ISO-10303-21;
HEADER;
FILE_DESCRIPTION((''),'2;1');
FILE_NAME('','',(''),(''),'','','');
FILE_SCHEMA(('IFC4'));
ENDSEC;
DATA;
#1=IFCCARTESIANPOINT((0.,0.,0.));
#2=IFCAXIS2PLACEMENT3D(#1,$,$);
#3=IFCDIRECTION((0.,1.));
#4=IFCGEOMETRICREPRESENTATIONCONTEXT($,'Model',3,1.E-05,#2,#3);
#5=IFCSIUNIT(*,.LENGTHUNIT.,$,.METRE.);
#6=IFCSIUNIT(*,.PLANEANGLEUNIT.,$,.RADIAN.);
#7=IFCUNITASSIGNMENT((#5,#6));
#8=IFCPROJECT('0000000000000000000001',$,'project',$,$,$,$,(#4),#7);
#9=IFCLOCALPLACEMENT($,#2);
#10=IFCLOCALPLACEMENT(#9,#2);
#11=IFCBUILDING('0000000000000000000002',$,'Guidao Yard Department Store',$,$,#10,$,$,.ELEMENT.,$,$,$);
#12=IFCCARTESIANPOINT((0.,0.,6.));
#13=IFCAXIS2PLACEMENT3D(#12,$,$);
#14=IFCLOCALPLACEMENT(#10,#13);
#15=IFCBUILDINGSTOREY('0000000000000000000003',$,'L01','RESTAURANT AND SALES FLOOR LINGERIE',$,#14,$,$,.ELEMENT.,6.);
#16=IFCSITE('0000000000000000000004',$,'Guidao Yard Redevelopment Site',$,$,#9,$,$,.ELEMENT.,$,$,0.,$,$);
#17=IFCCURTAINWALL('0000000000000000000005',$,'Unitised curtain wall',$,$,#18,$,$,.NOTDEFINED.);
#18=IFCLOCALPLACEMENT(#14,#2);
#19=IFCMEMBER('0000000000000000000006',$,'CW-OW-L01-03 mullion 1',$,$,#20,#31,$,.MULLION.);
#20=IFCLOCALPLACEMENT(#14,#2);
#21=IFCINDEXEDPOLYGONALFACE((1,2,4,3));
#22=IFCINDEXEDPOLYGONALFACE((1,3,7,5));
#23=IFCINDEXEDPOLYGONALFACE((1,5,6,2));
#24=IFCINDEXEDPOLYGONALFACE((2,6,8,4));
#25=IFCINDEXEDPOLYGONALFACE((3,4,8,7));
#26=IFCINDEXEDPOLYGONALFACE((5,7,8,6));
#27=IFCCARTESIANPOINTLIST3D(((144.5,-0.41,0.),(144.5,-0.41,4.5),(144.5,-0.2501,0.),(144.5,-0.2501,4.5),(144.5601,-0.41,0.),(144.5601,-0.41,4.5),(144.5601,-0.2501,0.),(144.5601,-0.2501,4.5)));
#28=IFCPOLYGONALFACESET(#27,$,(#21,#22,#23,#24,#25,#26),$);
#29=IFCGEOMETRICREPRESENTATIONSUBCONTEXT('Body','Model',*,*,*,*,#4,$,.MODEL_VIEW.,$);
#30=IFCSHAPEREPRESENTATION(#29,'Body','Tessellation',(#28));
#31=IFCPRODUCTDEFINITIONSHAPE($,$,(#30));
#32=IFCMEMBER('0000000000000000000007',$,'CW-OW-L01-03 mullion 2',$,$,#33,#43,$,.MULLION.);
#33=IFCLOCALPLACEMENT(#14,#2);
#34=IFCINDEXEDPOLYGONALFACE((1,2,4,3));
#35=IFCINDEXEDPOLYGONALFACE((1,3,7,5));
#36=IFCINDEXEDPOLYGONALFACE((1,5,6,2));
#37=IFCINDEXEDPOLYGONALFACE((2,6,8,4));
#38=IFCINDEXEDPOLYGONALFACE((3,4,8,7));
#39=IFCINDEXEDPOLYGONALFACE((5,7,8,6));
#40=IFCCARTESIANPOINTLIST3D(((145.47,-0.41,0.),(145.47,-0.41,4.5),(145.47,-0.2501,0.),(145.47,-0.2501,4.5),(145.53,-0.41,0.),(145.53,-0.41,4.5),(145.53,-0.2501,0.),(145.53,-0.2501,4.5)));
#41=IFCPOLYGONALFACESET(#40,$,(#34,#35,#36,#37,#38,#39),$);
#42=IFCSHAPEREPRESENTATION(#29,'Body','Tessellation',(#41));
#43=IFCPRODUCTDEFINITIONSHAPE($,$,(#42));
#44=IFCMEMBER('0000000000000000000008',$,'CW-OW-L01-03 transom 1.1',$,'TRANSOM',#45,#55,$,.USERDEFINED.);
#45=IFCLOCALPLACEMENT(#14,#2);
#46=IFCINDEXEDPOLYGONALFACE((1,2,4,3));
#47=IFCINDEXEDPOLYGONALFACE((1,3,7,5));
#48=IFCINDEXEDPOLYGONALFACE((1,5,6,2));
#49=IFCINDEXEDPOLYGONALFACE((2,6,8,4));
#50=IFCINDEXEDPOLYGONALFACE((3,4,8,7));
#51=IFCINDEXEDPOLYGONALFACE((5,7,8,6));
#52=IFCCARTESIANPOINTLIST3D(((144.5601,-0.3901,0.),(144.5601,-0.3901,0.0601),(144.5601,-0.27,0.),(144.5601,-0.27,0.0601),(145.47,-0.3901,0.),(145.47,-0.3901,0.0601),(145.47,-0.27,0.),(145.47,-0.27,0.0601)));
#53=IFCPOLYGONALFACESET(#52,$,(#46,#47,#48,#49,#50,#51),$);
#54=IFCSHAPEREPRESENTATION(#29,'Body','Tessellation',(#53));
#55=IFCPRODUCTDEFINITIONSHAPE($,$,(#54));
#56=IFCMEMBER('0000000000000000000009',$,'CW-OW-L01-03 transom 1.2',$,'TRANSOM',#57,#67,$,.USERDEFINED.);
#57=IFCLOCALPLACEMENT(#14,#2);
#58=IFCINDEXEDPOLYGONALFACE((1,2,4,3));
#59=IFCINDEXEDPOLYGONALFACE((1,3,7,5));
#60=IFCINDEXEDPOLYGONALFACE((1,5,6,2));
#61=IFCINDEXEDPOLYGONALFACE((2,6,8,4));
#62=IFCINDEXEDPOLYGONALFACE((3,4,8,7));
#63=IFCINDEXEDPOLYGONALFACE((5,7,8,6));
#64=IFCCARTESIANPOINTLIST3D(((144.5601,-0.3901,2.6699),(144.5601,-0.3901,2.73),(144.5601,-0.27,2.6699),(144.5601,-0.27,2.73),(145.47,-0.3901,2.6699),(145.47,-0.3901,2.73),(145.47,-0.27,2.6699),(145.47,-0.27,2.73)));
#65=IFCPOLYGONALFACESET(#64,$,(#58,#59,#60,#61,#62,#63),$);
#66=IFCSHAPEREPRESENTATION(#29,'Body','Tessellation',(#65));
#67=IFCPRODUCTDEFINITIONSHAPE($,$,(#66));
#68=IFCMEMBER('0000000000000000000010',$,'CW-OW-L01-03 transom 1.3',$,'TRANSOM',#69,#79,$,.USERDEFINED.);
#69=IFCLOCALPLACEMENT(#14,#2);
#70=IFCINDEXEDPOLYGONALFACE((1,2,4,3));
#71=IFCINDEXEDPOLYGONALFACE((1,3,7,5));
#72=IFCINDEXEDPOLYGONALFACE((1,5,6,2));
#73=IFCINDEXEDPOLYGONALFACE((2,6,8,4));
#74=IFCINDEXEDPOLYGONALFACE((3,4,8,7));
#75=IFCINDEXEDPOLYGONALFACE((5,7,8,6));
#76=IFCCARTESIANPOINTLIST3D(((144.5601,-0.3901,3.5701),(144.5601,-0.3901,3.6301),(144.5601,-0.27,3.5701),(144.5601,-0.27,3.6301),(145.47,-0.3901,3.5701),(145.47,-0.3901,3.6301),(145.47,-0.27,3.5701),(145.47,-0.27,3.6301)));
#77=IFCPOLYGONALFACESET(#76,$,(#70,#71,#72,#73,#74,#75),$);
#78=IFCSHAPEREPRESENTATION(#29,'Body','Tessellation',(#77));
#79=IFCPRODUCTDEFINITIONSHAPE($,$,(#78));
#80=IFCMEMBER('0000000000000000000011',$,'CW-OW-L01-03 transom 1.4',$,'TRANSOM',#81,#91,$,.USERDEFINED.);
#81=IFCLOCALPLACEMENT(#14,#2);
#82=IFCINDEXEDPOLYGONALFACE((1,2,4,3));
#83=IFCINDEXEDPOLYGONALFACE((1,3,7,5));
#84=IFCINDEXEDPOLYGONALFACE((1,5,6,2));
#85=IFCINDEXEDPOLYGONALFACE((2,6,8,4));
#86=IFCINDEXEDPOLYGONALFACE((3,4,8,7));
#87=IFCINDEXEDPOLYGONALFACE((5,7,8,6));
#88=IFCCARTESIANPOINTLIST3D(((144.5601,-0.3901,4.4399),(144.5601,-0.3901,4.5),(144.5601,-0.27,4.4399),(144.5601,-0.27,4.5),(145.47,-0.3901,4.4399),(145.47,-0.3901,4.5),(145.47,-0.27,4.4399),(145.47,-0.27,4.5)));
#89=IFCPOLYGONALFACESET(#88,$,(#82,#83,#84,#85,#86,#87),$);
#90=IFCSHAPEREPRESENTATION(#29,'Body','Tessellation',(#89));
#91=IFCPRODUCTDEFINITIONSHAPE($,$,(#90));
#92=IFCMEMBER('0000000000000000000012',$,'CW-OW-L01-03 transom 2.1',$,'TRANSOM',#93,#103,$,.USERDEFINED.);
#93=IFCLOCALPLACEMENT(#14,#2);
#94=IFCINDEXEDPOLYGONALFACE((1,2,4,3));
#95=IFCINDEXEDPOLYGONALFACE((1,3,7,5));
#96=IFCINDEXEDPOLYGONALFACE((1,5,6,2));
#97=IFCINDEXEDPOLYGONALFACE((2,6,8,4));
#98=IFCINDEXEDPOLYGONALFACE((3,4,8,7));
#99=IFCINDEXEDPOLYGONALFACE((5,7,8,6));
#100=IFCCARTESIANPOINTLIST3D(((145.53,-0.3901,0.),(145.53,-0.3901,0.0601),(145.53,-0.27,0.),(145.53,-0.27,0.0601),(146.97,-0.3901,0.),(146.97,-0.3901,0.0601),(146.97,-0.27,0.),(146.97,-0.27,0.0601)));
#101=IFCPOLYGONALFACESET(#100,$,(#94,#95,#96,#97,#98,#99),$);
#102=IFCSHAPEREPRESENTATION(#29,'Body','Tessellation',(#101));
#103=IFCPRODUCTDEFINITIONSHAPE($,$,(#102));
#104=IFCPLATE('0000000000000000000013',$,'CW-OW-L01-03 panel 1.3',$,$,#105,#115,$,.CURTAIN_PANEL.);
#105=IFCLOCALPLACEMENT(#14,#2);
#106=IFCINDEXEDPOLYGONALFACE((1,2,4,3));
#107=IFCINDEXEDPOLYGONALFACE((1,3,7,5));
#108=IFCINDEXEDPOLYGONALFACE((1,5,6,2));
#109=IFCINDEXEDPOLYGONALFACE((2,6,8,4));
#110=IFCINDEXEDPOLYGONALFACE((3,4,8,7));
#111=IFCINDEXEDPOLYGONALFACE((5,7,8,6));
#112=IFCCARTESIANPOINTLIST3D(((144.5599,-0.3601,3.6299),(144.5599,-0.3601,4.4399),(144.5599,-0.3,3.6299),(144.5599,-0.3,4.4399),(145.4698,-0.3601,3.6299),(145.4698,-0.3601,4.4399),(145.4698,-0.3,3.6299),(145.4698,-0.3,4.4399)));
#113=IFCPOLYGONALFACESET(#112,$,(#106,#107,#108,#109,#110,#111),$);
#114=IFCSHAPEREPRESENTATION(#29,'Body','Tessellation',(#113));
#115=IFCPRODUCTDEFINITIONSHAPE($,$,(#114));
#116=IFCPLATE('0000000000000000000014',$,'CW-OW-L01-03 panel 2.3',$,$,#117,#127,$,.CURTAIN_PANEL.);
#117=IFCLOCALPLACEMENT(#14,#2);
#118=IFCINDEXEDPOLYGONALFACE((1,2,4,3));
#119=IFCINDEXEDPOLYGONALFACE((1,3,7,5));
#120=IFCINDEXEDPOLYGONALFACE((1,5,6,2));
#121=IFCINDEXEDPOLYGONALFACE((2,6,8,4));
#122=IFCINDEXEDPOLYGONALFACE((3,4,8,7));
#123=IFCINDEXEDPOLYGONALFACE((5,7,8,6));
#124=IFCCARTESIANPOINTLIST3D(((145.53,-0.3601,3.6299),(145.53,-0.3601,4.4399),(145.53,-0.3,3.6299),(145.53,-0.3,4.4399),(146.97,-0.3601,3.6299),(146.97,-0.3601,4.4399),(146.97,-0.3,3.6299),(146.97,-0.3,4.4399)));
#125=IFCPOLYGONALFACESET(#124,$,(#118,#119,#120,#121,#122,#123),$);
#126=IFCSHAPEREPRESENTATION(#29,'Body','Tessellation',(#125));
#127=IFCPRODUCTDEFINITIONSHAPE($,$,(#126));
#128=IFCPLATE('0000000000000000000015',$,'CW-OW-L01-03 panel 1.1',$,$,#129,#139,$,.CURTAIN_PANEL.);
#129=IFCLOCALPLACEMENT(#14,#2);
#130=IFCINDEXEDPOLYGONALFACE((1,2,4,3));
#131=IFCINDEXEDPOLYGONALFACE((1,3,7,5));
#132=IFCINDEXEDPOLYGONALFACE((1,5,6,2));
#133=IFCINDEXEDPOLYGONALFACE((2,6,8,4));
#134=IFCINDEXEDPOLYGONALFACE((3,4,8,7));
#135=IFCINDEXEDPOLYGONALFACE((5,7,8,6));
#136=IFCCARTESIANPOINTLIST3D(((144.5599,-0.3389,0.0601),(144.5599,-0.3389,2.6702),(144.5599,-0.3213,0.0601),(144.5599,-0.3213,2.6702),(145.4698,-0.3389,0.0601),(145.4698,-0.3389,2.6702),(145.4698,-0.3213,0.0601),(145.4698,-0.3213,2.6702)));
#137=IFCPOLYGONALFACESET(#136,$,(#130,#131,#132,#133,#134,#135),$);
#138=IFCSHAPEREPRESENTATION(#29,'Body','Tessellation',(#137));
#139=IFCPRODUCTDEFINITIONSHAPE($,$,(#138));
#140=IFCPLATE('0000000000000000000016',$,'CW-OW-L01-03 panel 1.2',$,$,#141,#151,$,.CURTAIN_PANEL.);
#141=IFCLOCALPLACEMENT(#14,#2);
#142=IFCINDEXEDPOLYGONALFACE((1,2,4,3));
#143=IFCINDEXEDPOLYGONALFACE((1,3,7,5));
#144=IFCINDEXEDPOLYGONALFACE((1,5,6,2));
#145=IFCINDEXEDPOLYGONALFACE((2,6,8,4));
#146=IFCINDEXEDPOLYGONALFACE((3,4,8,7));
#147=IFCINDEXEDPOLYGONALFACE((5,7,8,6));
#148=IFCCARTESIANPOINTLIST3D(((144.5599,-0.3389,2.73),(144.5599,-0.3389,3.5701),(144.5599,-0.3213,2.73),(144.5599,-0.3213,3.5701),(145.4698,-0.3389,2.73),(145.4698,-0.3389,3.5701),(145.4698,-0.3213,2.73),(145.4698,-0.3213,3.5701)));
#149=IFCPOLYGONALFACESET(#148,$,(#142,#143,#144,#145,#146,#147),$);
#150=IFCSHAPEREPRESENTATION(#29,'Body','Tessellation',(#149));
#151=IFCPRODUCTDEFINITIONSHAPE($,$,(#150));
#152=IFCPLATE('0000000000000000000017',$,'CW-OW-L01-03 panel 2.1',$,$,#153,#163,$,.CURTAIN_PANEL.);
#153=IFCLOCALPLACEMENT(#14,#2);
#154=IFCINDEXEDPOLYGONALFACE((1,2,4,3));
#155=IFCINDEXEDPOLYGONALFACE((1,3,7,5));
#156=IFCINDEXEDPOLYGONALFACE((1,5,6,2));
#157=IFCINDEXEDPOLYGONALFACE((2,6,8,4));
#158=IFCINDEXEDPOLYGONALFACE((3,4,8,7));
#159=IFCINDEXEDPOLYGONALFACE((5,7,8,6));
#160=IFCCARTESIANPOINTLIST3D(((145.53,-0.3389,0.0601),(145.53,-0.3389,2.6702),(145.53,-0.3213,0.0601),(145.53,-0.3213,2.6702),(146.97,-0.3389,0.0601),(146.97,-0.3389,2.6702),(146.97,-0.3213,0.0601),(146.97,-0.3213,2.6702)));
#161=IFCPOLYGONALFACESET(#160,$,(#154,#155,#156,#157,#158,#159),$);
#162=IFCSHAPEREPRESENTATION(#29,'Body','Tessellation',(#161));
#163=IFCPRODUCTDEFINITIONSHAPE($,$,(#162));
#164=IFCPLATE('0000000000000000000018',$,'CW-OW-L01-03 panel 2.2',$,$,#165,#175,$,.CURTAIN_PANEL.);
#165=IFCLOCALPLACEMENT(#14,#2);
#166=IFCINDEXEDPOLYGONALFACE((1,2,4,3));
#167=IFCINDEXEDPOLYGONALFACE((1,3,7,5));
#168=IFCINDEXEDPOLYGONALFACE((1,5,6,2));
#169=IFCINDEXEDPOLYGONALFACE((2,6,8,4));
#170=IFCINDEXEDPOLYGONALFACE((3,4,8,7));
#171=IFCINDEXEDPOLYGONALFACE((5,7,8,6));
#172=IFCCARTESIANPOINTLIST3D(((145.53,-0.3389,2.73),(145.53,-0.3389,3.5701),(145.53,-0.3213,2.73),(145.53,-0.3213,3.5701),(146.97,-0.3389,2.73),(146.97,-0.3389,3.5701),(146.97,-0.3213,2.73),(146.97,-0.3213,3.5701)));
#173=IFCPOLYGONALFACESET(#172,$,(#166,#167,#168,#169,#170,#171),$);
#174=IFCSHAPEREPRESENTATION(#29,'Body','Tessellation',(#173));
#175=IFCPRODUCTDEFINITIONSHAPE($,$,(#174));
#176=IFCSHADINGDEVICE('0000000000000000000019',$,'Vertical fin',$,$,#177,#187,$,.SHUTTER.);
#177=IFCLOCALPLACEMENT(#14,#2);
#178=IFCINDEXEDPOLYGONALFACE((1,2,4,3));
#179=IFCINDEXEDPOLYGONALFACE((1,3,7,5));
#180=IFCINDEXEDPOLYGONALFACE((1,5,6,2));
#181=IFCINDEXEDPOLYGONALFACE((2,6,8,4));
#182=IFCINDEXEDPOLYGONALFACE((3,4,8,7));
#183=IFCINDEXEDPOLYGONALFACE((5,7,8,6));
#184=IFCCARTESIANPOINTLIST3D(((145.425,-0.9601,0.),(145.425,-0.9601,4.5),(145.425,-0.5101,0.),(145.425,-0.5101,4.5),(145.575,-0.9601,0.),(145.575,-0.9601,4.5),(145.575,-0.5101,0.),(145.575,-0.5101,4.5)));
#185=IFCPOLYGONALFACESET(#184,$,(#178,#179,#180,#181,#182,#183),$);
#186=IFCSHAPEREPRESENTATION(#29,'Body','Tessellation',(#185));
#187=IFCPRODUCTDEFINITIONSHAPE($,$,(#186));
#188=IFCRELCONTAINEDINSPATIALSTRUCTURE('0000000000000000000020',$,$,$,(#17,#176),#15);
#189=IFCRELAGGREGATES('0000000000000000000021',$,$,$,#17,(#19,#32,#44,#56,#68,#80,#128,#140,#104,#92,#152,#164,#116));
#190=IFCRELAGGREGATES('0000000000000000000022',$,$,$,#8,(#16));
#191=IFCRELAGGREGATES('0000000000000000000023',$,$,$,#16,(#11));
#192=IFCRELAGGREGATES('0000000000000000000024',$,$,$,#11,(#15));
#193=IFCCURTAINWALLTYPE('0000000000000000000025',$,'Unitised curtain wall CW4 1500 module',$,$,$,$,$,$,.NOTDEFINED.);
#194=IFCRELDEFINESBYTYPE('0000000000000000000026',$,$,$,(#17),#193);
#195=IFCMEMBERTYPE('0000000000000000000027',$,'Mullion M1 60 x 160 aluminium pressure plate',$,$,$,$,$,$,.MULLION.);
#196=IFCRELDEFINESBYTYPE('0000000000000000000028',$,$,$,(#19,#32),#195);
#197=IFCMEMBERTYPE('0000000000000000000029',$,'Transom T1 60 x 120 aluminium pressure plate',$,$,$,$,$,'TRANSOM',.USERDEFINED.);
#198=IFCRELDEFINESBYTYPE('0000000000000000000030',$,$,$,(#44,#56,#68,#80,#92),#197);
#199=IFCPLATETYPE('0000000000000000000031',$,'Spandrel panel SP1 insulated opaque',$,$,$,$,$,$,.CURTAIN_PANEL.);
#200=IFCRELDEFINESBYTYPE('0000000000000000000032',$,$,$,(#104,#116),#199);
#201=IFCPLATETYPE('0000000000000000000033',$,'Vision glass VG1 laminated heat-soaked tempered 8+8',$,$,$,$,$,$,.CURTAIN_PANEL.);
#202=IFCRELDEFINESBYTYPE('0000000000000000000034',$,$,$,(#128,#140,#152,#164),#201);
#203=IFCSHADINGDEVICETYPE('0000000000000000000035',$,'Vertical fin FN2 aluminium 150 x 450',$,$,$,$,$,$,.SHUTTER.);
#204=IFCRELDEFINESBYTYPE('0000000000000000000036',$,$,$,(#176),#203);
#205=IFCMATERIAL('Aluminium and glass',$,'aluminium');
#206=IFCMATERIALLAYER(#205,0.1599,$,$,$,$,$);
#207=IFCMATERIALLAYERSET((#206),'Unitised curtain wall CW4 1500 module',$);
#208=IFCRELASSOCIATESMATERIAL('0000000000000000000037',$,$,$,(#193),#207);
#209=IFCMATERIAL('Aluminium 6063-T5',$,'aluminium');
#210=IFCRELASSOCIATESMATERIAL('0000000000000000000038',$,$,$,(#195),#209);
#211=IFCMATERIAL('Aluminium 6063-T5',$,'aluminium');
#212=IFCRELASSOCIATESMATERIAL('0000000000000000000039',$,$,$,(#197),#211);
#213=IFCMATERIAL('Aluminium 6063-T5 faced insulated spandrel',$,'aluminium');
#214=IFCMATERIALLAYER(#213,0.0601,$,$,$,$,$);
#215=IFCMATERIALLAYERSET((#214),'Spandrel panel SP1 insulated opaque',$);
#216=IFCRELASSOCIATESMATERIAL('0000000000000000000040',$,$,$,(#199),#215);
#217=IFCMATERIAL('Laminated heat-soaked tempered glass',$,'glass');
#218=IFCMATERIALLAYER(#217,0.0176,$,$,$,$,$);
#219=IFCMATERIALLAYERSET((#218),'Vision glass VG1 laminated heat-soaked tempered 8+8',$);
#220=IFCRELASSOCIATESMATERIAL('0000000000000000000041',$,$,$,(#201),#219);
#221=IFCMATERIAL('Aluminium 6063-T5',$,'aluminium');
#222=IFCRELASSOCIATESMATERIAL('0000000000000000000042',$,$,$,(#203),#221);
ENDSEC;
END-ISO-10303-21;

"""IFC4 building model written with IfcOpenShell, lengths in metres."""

from ifc_helpers import new_model, si_unit, direction, frame, origin, origin_2d, place, context, subcontext, project, spatial, rectangle, extrude, material, layer, layer_set, material_profile, profile_set, type_object, element, aggregate, save


model = new_model("IFC4")

# Units and contexts
model_context = context("Model", 3, precision=1e-05, world=origin(), true_north=direction((0.0, 1.0)))
body_context = subcontext(model_context, "Body", "Model", "MODEL_VIEW")
ifc_project = project(units=[si_unit("LENGTHUNIT", "METRE"), si_unit("PLANEANGLEUNIT", "RADIAN")], contexts=[model_context])

# Site, building, storey
site_placement = place(None, origin())
site = spatial("IfcSite", under=ifc_project, at=site_placement, Name="Guidao Yard Redevelopment Site", CompositionType="ELEMENT", RefElevation=0.0)
building_placement = place(site_placement, origin())
building = spatial("IfcBuilding", under=site, at=building_placement, Name="Guidao Yard Department Store", CompositionType="ELEMENT")
storey_placement = place(building_placement, frame((0.0, 0.0, 6.0)))
storey = spatial("IfcBuildingStorey", under=building, at=storey_placement, Name="L01", Description="RESTAURANT AND SALES FLOOR LINGERIE", CompositionType="ELEMENT", Elevation=6.0)

# Curtain wall, members, plates
ifc_material_1 = material(Name="Aluminium and glass", Category="aluminium")
ifc_layer_1 = layer(ifc_material_1, 0.1599)
ifc_layer_set_1 = layer_set([ifc_layer_1], Name="Unitised curtain wall CW4 1500 module")
curtain_wall_type = type_object("IfcCurtainWallType", Name="Unitised curtain wall CW4 1500 module", PredefinedType="NOTDEFINED", material=ifc_layer_set_1)
curtain_wall_placement = place(storey_placement, origin())
curtain_wall = element("IfcCurtainWall", 1, at=curtain_wall_placement, inside=storey, type_object=curtain_wall_type, Name="Unitised curtain wall", PredefinedType="NOTDEFINED")
ifc_material_2 = material(Name="Aluminium 6063-T5", Category="aluminium")
ifc_material_profile_1 = material_profile(ifc_material_2, rectangle(XDim=0.0601, YDim=0.1599, at=origin_2d()), Name="Mullion M1 60 x 160 aluminium pressure plate")
ifc_profile_set_1 = profile_set([ifc_material_profile_1], Name="Aluminium 6063-T5")
member_type_1 = type_object("IfcMemberType", Name="Mullion M1 60 x 160 aluminium pressure plate", PredefinedType="MULLION", material=ifc_profile_set_1)
member_1_placement = place(storey_placement, frame((144.53, -0.3301, 0.0), z_axis=(0.0, 0.0, 1.0), x_axis=(-1.0, 0.0, 0.0)))
member_1 = element("IfcMember", 2, at=member_1_placement, type_object=member_type_1, Name="CW-OW-L01-03 mullion 1", PredefinedType="MULLION", context=body_context, shape_type="SweptSolid", body=[
    extrude(rectangle(XDim=0.0601, YDim=0.1599, at=origin_2d()), origin(), (0.0, 0.0, 1.0), 4.5),
])
member_2_placement = place(storey_placement, frame((145.5, -0.3301, 0.0), z_axis=(0.0, 0.0, 1.0), x_axis=(-1.0, 0.0, 0.0)))
member_2 = element("IfcMember", 3, at=member_2_placement, type_object=member_type_1, Name="CW-OW-L01-03 mullion 2", PredefinedType="MULLION", context=body_context, shape_type="SweptSolid", body=[
    extrude(rectangle(XDim=0.0601, YDim=0.1599, at=origin_2d()), origin(), (0.0, 0.0, 1.0), 4.5),
])
ifc_material_3 = material(Name="Aluminium 6063-T5", Category="aluminium")
ifc_material_profile_2 = material_profile(ifc_material_3, rectangle(XDim=0.1201, YDim=0.0601, at=origin_2d()), Name="Transom T1 60 x 120 aluminium pressure plate")
ifc_profile_set_2 = profile_set([ifc_material_profile_2], Name="Aluminium 6063-T5")
member_type_2 = type_object("IfcMemberType", Name="Transom T1 60 x 120 aluminium pressure plate", ElementType="TRANSOM", PredefinedType="USERDEFINED", material=ifc_profile_set_2)
member_3_placement = place(storey_placement, frame((145.47, -0.3301, 0.03), z_axis=(-1.0, 0.0, 0.0), x_axis=(0.0, -1.0, 0.0)))
member_3 = element("IfcMember", 4, at=member_3_placement, type_object=member_type_2, Name="CW-OW-L01-03 transom 1.1", ObjectType="TRANSOM", PredefinedType="USERDEFINED", context=body_context, shape_type="SweptSolid", body=[
    extrude(rectangle(XDim=0.1201, YDim=0.0601, at=origin_2d()), origin(), (0.0, 0.0, 1.0), 0.9099),
])
member_4_placement = place(storey_placement, frame((145.47, -0.3301, 2.7), z_axis=(-1.0, 0.0, 0.0), x_axis=(0.0, -1.0, 0.0)))
member_4 = element("IfcMember", 5, at=member_4_placement, type_object=member_type_2, Name="CW-OW-L01-03 transom 1.2", ObjectType="TRANSOM", PredefinedType="USERDEFINED", context=body_context, shape_type="SweptSolid", body=[
    extrude(rectangle(XDim=0.1201, YDim=0.0601, at=origin_2d()), origin(), (0.0, 0.0, 1.0), 0.9099),
])
member_5_placement = place(storey_placement, frame((145.47, -0.3301, 3.6001), z_axis=(-1.0, 0.0, 0.0), x_axis=(0.0, -1.0, 0.0)))
member_5 = element("IfcMember", 6, at=member_5_placement, type_object=member_type_2, Name="CW-OW-L01-03 transom 1.3", ObjectType="TRANSOM", PredefinedType="USERDEFINED", context=body_context, shape_type="SweptSolid", body=[
    extrude(rectangle(XDim=0.1201, YDim=0.0601, at=origin_2d()), origin(), (0.0, 0.0, 1.0), 0.9099),
])
member_6_placement = place(storey_placement, frame((145.47, -0.3301, 4.47), z_axis=(-1.0, 0.0, 0.0), x_axis=(0.0, -1.0, 0.0)))
member_6 = element("IfcMember", 7, at=member_6_placement, type_object=member_type_2, Name="CW-OW-L01-03 transom 1.4", ObjectType="TRANSOM", PredefinedType="USERDEFINED", context=body_context, shape_type="SweptSolid", body=[
    extrude(rectangle(XDim=0.1201, YDim=0.0601, at=origin_2d()), origin(), (0.0, 0.0, 1.0), 0.9099),
])
member_7_placement = place(storey_placement, frame((146.97, -0.3301, 0.03), z_axis=(-1.0, 0.0, 0.0), x_axis=(0.0, -1.0, 0.0)))
member_7 = element("IfcMember", 8, at=member_7_placement, type_object=member_type_2, Name="CW-OW-L01-03 transom 2.1", ObjectType="TRANSOM", PredefinedType="USERDEFINED", context=body_context, shape_type="SweptSolid", body=[
    extrude(rectangle(XDim=0.1201, YDim=0.0601, at=origin_2d()), origin(), (0.0, 0.0, 1.0), 1.4399),
])
ifc_material_4 = material(Name="Aluminium 6063-T5 faced insulated spandrel", Category="aluminium")
ifc_layer_2 = layer(ifc_material_4, 0.0601)
ifc_layer_set_2 = layer_set([ifc_layer_2], Name="Spandrel panel SP1 insulated opaque")
plate_type_1 = type_object("IfcPlateType", Name="Spandrel panel SP1 insulated opaque", PredefinedType="CURTAIN_PANEL", material=ifc_layer_set_2)
plate_1_placement = place(storey_placement, frame((145.0149, -0.3301, 3.6299), z_axis=(0.0, 0.0, 1.0), x_axis=(-1.0, 0.0, 0.0)))
plate_1 = element("IfcPlate", 9, at=plate_1_placement, type_object=plate_type_1, Name="CW-OW-L01-03 panel 1.3", PredefinedType="CURTAIN_PANEL", context=body_context, shape_type="SweptSolid", body=[
    extrude(rectangle(XDim=0.9099, YDim=0.0601, at=origin_2d()), origin(), (0.0, 0.0, 1.0), 0.8101),
])
plate_2_placement = place(storey_placement, frame((146.25, -0.3301, 3.6299), z_axis=(0.0, 0.0, 1.0), x_axis=(-1.0, 0.0, 0.0)))
plate_2 = element("IfcPlate", 10, at=plate_2_placement, type_object=plate_type_1, Name="CW-OW-L01-03 panel 2.3", PredefinedType="CURTAIN_PANEL", context=body_context, shape_type="SweptSolid", body=[
    extrude(rectangle(XDim=1.4399, YDim=0.0601, at=origin_2d()), origin(), (0.0, 0.0, 1.0), 0.8101),
])
ifc_material_5 = material(Name="Laminated heat-soaked tempered glass", Category="glass")
ifc_layer_3 = layer(ifc_material_5, 0.0176)
ifc_layer_set_3 = layer_set([ifc_layer_3], Name="Vision glass VG1 laminated heat-soaked tempered 8+8")
plate_type_2 = type_object("IfcPlateType", Name="Vision glass VG1 laminated heat-soaked tempered 8+8", PredefinedType="CURTAIN_PANEL", material=ifc_layer_set_3)
plate_3_placement = place(storey_placement, frame((145.0149, -0.3301, 0.0601), z_axis=(0.0, 0.0, 1.0), x_axis=(-1.0, 0.0, 0.0)))
plate_3 = element("IfcPlate", 11, at=plate_3_placement, type_object=plate_type_2, Name="CW-OW-L01-03 panel 1.1", PredefinedType="CURTAIN_PANEL", context=body_context, shape_type="SweptSolid", body=[
    extrude(rectangle(XDim=0.9099, YDim=0.0176, at=origin_2d()), origin(), (0.0, 0.0, 1.0), 2.6101),
])
plate_4_placement = place(storey_placement, frame((145.0149, -0.3301, 2.73), z_axis=(0.0, 0.0, 1.0), x_axis=(-1.0, 0.0, 0.0)))
plate_4 = element("IfcPlate", 12, at=plate_4_placement, type_object=plate_type_2, Name="CW-OW-L01-03 panel 1.2", PredefinedType="CURTAIN_PANEL", context=body_context, shape_type="SweptSolid", body=[
    extrude(rectangle(XDim=0.9099, YDim=0.0176, at=origin_2d()), origin(), (0.0, 0.0, 1.0), 0.8401),
])
plate_5_placement = place(storey_placement, frame((146.25, -0.3301, 0.0601), z_axis=(0.0, 0.0, 1.0), x_axis=(-1.0, 0.0, 0.0)))
plate_5 = element("IfcPlate", 13, at=plate_5_placement, type_object=plate_type_2, Name="CW-OW-L01-03 panel 2.1", PredefinedType="CURTAIN_PANEL", context=body_context, shape_type="SweptSolid", body=[
    extrude(rectangle(XDim=1.4399, YDim=0.0176, at=origin_2d()), origin(), (0.0, 0.0, 1.0), 2.6101),
])
plate_6_placement = place(storey_placement, frame((146.25, -0.3301, 2.73), z_axis=(0.0, 0.0, 1.0), x_axis=(-1.0, 0.0, 0.0)))
plate_6 = element("IfcPlate", 14, at=plate_6_placement, type_object=plate_type_2, Name="CW-OW-L01-03 panel 2.2", PredefinedType="CURTAIN_PANEL", context=body_context, shape_type="SweptSolid", body=[
    extrude(rectangle(XDim=1.4399, YDim=0.0176, at=origin_2d()), origin(), (0.0, 0.0, 1.0), 0.8401),
])
aggregate(curtain_wall, [member_1, member_2, member_3, member_4, member_5, member_6, plate_3, plate_4, plate_1, member_7, plate_5, plate_6, plate_2])

# Shading device
ifc_material_6 = material(Name="Aluminium 6063-T5", Category="aluminium")
shading_device_type = type_object("IfcShadingDeviceType", Name="Vertical fin FN2 aluminium 150 x 450", PredefinedType="SHUTTER", material=ifc_material_6)
for number, where, z_axis, x_axis, name in (
    (15, (145.5, -0.7351, 0.0), (0.0, 0.0, 1.0), (-1.0, 0.0, 0.0), "Vertical fin"),
):
    element("IfcShadingDevice", number, at=place(storey_placement, frame(where, z_axis=z_axis, x_axis=x_axis)), inside=storey, type_object=shading_device_type, Name=name, PredefinedType="SHUTTER", context=body_context, shape_type="SweptSolid", body=[
        extrude(rectangle(XDim=0.1499, YDim=0.45, at=origin_2d()), origin(), (0.0, 0.0, 1.0), 4.5),
    ])

save(model, "model.ifc")
